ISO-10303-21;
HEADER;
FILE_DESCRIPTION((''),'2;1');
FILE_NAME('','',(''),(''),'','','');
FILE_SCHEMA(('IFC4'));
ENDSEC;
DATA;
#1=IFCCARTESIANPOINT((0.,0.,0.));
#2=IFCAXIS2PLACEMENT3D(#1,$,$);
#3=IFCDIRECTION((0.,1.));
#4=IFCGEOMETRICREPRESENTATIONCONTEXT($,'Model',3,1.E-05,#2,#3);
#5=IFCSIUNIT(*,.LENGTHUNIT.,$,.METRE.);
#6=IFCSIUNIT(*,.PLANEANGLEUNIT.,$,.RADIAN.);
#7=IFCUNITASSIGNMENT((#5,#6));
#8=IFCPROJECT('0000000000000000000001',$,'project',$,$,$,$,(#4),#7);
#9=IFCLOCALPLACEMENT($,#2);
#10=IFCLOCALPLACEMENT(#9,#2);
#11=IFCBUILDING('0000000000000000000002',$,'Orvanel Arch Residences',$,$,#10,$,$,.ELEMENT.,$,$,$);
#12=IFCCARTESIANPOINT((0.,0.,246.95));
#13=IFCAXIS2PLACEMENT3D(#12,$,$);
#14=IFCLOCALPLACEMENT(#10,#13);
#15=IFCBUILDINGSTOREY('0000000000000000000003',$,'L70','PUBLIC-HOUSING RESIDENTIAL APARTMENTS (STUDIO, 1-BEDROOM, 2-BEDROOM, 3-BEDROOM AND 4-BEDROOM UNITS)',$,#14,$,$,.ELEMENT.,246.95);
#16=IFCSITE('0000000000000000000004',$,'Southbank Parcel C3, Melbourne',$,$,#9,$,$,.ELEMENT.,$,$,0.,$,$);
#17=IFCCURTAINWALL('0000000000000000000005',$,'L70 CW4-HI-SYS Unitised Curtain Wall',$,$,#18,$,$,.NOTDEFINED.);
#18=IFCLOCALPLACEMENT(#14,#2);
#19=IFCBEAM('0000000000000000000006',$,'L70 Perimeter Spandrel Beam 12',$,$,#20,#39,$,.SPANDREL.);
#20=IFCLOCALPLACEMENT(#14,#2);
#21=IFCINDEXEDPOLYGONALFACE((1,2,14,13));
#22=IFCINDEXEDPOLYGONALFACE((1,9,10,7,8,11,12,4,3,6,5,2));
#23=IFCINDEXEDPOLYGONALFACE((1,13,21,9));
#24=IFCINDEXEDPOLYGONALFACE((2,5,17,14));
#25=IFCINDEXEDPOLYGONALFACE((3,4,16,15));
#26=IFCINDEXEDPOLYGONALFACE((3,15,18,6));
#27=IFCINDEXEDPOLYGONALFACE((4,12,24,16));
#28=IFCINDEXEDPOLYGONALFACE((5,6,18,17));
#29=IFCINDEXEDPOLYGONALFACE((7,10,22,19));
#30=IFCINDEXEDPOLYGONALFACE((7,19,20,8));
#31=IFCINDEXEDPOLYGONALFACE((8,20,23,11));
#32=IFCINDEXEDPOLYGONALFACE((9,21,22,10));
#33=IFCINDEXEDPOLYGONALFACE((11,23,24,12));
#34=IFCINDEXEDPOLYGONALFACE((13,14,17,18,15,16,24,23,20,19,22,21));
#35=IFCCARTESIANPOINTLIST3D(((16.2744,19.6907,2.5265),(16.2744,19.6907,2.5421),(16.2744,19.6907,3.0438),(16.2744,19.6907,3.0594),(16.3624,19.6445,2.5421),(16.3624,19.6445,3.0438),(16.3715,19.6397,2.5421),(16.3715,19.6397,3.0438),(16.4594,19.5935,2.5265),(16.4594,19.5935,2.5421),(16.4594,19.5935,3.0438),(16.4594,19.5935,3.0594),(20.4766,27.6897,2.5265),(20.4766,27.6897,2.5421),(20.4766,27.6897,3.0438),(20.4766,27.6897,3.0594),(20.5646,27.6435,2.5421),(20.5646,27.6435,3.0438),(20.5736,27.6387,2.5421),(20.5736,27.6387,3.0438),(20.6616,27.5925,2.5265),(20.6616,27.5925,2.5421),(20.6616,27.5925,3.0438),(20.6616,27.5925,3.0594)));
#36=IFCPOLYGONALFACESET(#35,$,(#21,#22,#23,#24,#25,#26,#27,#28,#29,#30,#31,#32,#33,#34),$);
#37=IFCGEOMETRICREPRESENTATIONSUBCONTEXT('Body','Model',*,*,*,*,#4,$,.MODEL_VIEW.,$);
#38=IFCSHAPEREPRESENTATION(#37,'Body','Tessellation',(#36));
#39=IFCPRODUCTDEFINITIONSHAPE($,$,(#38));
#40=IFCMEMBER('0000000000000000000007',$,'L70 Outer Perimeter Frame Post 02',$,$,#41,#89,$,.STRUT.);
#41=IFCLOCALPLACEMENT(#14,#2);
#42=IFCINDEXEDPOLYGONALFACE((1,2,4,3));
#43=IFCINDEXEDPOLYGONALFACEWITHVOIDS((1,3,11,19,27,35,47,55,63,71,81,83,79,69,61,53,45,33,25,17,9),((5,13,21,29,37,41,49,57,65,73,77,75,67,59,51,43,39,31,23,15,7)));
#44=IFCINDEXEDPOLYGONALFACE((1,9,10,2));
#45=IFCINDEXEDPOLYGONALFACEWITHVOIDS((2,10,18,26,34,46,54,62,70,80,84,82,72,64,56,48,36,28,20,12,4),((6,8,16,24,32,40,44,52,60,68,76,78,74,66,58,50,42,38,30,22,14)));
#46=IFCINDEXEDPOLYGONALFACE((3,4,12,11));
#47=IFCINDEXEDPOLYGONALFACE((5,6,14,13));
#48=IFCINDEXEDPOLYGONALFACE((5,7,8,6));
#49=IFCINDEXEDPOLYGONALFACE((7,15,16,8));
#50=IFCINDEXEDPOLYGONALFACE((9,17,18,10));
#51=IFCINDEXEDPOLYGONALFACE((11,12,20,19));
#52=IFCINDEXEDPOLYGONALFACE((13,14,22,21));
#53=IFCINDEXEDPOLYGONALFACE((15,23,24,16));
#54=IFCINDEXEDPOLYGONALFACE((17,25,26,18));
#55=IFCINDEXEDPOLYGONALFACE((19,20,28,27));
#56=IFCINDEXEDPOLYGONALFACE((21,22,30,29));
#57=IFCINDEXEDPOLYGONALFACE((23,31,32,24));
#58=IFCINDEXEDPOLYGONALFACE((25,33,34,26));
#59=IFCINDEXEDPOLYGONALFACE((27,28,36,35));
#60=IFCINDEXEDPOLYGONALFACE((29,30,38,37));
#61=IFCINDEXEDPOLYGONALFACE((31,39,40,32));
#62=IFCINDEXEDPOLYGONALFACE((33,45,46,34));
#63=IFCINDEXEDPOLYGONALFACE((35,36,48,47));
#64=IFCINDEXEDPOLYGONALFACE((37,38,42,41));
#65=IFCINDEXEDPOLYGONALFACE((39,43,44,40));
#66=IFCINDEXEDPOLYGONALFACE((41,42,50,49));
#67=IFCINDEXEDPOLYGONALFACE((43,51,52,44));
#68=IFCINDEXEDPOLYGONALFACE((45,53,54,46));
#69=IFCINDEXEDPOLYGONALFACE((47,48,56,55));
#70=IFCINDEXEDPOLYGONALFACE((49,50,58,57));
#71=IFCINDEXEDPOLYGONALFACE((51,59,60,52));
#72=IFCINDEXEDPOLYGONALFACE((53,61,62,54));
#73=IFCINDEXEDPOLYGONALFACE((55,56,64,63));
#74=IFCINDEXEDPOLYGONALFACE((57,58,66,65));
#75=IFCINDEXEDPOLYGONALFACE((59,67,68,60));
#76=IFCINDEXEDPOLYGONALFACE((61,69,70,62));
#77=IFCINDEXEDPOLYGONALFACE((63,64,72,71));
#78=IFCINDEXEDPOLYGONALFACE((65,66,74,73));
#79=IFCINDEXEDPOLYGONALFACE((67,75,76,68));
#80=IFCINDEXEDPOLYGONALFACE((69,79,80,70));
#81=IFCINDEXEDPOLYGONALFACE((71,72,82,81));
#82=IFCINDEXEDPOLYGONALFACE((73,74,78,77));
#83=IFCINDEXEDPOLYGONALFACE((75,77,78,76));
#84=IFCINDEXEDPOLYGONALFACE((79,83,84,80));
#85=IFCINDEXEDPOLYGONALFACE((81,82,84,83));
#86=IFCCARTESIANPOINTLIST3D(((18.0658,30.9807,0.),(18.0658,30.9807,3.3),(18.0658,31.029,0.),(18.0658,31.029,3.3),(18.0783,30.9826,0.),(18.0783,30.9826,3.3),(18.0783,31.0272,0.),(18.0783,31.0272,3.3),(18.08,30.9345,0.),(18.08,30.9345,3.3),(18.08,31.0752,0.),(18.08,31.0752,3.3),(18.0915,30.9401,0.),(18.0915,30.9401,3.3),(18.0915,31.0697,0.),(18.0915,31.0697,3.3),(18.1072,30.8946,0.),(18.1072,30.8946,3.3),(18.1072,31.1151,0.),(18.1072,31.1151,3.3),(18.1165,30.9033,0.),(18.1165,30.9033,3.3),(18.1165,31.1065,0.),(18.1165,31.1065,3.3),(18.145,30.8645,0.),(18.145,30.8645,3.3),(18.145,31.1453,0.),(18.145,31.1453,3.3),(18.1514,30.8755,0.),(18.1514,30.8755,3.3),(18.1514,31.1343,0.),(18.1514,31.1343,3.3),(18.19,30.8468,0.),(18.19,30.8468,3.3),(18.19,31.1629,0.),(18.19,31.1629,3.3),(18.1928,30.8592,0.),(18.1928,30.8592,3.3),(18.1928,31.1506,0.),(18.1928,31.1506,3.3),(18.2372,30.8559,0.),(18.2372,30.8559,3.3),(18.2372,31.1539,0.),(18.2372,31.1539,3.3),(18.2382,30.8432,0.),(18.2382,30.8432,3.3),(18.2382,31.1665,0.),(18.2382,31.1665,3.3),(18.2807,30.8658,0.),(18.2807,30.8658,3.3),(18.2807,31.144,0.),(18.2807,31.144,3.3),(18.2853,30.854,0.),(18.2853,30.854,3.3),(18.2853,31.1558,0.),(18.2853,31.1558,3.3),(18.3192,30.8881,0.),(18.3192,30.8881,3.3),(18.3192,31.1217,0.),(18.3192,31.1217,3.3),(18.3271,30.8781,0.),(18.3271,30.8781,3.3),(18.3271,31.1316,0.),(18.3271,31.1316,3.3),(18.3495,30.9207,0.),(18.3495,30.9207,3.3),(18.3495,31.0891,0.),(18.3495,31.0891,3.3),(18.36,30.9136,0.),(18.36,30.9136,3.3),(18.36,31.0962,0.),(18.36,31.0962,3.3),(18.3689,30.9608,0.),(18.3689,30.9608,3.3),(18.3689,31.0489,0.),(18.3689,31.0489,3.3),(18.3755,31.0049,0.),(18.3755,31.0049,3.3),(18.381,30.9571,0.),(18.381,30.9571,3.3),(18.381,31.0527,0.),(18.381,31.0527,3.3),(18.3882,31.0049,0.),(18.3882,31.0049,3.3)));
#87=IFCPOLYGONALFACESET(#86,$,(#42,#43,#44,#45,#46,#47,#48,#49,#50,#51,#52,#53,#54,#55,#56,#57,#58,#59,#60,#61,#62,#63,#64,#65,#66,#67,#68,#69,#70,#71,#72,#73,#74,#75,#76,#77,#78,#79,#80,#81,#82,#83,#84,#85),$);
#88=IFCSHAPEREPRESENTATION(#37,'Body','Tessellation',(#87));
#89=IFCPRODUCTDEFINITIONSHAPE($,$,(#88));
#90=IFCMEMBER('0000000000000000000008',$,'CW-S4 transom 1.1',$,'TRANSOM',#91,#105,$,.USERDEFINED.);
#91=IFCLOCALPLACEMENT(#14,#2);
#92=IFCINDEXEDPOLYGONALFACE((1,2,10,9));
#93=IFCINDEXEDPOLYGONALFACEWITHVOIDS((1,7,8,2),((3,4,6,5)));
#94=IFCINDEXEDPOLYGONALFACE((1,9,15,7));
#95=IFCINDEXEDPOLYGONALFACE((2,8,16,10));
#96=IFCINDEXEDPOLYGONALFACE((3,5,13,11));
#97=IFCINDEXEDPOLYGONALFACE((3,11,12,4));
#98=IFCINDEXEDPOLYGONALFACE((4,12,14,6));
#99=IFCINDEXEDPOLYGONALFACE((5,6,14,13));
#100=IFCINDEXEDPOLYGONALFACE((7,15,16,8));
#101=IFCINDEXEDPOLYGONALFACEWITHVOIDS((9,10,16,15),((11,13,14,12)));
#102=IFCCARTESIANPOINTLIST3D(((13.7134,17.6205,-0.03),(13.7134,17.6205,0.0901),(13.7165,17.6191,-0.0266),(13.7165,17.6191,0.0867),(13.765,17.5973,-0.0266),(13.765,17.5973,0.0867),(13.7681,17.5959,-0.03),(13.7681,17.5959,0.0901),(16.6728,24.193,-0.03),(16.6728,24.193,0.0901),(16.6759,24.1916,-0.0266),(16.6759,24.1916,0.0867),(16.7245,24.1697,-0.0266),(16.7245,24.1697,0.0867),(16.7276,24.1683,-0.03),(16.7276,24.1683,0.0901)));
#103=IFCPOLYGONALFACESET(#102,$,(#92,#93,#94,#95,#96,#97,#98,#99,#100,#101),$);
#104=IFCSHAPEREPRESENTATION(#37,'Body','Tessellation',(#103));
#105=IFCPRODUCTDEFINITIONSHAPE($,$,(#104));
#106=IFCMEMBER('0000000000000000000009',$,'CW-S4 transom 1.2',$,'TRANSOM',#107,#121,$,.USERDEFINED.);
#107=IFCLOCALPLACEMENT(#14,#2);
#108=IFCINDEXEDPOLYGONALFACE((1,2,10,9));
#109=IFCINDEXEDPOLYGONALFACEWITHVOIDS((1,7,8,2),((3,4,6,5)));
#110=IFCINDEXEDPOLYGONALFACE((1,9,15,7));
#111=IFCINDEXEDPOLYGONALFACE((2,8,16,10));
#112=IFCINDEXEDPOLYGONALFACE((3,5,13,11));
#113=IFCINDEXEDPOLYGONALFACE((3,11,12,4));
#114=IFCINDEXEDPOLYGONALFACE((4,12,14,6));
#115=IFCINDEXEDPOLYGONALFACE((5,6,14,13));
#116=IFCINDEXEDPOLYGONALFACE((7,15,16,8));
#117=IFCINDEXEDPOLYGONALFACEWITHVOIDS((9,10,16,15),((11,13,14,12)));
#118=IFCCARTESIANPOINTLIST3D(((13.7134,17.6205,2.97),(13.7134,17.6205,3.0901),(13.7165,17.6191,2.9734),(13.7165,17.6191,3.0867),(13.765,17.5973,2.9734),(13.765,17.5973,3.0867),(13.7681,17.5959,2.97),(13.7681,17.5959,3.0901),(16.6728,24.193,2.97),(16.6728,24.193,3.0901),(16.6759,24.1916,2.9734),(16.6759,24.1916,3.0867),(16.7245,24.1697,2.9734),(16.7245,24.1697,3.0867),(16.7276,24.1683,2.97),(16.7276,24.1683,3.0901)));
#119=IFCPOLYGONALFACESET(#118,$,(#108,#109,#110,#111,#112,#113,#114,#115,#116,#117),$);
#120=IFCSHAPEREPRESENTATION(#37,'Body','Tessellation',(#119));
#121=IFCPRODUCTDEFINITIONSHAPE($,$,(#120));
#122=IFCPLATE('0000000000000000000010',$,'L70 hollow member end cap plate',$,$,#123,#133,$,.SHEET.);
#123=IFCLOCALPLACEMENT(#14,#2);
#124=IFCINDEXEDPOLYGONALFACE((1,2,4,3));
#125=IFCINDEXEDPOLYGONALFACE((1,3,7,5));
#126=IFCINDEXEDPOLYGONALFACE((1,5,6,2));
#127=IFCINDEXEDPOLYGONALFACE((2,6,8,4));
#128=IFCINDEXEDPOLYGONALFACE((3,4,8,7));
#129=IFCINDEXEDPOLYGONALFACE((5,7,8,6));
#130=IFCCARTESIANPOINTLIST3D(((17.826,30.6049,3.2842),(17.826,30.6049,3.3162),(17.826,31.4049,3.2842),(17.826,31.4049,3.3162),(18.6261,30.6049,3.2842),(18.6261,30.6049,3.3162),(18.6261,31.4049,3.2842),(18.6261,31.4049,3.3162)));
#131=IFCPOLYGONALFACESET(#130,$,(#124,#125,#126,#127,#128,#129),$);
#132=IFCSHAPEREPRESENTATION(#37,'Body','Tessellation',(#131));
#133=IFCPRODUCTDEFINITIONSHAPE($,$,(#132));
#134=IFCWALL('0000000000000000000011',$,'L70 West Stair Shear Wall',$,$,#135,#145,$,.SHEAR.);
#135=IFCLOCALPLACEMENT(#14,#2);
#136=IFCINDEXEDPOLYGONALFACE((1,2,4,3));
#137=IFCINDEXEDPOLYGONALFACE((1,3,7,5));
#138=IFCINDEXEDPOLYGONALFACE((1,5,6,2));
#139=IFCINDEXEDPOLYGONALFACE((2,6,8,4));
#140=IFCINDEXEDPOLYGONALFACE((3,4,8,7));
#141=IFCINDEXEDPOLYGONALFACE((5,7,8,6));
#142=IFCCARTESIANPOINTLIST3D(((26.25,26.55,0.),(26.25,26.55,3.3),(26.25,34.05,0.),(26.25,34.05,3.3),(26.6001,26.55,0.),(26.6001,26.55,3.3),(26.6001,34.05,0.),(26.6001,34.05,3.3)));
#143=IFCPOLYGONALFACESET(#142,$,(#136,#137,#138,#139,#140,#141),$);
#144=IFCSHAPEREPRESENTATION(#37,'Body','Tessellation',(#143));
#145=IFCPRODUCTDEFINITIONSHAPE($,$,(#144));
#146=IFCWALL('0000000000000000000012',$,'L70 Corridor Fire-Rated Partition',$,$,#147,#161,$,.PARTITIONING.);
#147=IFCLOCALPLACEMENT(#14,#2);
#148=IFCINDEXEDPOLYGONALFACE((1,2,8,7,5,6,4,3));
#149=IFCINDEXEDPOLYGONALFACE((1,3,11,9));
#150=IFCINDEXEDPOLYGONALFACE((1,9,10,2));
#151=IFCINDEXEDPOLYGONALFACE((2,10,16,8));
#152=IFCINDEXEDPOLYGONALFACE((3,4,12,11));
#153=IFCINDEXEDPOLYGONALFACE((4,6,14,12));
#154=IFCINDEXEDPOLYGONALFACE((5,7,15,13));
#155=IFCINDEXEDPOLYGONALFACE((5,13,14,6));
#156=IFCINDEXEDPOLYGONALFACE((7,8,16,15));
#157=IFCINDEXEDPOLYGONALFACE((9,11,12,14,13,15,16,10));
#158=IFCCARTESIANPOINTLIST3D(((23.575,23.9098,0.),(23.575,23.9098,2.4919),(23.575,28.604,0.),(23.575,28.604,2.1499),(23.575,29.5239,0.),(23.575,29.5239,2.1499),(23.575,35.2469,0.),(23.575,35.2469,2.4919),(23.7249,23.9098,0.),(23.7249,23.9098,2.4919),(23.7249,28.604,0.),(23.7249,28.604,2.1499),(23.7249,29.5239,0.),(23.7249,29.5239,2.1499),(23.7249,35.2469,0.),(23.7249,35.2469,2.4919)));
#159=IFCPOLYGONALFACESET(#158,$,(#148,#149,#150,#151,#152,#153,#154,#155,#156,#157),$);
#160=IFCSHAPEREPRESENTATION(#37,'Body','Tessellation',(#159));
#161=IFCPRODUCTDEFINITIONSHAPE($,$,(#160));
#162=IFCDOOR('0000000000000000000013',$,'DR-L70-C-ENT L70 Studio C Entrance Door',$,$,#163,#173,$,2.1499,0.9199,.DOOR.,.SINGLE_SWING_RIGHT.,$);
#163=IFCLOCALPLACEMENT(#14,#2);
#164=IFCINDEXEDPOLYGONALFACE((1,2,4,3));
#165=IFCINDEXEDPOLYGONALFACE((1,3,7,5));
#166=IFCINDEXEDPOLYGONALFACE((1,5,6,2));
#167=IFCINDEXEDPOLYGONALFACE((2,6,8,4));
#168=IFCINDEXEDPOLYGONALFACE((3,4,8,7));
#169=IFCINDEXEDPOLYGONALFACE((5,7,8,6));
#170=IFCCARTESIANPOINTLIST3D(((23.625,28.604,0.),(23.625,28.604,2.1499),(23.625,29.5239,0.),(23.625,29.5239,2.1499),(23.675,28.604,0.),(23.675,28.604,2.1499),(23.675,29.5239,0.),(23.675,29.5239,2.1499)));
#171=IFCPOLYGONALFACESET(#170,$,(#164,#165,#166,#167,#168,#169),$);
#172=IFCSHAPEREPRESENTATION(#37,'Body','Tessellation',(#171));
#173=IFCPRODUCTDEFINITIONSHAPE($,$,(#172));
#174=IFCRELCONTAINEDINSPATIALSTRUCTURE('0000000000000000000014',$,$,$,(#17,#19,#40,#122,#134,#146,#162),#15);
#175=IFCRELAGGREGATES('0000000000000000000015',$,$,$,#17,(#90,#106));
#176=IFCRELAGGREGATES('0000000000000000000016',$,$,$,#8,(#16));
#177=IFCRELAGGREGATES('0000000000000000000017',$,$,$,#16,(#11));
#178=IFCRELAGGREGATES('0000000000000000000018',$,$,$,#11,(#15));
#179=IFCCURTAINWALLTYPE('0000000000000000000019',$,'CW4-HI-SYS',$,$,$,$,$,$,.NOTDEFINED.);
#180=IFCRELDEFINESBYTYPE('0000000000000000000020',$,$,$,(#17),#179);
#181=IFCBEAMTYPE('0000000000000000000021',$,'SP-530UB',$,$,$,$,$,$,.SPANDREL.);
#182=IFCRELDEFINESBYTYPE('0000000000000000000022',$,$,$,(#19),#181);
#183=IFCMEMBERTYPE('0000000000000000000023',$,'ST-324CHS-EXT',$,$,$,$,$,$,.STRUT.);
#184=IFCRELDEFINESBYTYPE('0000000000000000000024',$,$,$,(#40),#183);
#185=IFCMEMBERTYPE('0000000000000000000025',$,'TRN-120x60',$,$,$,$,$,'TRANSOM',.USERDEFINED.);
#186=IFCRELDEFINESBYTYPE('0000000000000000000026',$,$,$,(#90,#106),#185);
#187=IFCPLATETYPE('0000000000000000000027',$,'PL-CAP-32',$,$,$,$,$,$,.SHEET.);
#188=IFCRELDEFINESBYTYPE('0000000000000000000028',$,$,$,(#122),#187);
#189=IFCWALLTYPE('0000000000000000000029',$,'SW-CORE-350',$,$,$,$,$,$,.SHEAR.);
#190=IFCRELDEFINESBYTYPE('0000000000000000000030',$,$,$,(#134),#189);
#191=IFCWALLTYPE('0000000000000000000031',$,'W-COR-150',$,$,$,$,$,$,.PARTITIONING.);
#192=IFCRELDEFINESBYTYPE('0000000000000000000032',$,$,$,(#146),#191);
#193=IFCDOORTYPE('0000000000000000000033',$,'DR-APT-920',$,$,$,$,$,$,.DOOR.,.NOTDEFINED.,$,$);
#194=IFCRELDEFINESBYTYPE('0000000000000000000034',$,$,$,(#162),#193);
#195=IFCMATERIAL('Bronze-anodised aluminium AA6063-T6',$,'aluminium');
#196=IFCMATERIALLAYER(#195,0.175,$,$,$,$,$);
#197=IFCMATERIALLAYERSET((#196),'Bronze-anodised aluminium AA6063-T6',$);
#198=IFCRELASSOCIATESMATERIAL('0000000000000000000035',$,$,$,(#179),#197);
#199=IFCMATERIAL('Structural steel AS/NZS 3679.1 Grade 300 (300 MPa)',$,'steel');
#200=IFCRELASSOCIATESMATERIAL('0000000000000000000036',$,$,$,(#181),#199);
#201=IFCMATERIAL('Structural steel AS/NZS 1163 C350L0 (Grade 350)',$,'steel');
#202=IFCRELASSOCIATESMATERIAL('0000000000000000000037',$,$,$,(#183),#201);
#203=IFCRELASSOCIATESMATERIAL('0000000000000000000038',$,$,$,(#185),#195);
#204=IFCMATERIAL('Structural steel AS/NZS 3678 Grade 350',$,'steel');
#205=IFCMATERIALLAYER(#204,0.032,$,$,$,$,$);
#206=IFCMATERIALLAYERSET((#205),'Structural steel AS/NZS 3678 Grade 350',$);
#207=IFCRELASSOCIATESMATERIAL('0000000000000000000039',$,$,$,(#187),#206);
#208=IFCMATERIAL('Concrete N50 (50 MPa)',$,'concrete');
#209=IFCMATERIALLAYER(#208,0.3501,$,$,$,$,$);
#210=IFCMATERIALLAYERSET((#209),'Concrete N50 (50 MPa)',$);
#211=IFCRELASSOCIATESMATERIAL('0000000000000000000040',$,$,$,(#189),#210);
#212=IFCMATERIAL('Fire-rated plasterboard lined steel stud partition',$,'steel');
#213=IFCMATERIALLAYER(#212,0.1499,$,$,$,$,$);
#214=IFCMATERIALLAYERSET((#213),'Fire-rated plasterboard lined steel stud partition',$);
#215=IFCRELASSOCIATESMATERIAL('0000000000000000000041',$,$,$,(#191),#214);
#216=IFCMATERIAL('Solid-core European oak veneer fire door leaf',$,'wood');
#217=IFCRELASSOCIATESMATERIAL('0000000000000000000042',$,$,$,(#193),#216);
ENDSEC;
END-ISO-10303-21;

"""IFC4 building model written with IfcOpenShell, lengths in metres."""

from ifc_helpers import new_model, si_unit, direction, frame, frame_2d, origin, origin_2d, place, context, subcontext, project, spatial, rectangle, hollow_rectangle, hollow_circle, i_section, extrude, material, layer, layer_set, material_profile, profile_set, type_object, element, fill, aggregate, save


model = new_model("IFC4")

# Units and contexts
model_context = context("Model", 3, precision=1e-05, world=origin(), true_north=direction((0.0, 1.0)))
body_context = subcontext(model_context, "Body", "Model", "MODEL_VIEW")
ifc_project = project(units=[si_unit("LENGTHUNIT", "METRE"), si_unit("PLANEANGLEUNIT", "RADIAN")], contexts=[model_context])

# Site, building, storey
site_placement = place(None, origin())
site = spatial("IfcSite", under=ifc_project, at=site_placement, Name="Southbank Parcel C3, Melbourne", CompositionType="ELEMENT", RefElevation=0.0)
building_placement = place(site_placement, origin())
building = spatial("IfcBuilding", under=site, at=building_placement, Name="Orvanel Arch Residences", CompositionType="ELEMENT")
storey_placement = place(building_placement, frame((0.0, 0.0, 246.95)))
storey = spatial("IfcBuildingStorey", under=building, at=storey_placement, Name="L70", Description="PUBLIC-HOUSING RESIDENTIAL APARTMENTS (STUDIO, 1-BEDROOM, 2-BEDROOM, 3-BEDROOM AND 4-BEDROOM UNITS)", CompositionType="ELEMENT", Elevation=246.95)

# Shared definitions
ifc_material_1 = material(Name="Structural steel AS/NZS 1163 C350L0 (Grade 350)", Category="steel")

# Shared definitions
ifc_material_2 = material(Name="Structural steel AS/NZS 3679.1 Grade 300 (300 MPa)", Category="steel")

# Curtain wall
ifc_material_3 = material(Name="Bronze-anodised aluminium AA6063-T6", Category="aluminium")
ifc_layer_1 = layer(ifc_material_3, 0.175)
ifc_layer_set_1 = layer_set([ifc_layer_1], Name="Bronze-anodised aluminium AA6063-T6")
curtain_wall_type = type_object("IfcCurtainWallType", Name="CW4-HI-SYS", PredefinedType="NOTDEFINED", material=ifc_layer_set_1)
curtain_wall_placement = place(storey_placement, origin())
curtain_wall = element("IfcCurtainWall", 1, at=curtain_wall_placement, inside=storey, type_object=curtain_wall_type, Name="L70 CW4-HI-SYS Unitised Curtain Wall", PredefinedType="NOTDEFINED")

# Beam
ifc_material_profile_1 = material_profile(ifc_material_2, i_section(OverallWidth=0.209, OverallDepth=0.533, WebThickness=0.0103, FlangeThickness=0.0156, at=origin_2d()), Name="530UB92.4")
ifc_profile_set_1 = profile_set([ifc_material_profile_1], Name="Structural steel AS/NZS 3679.1 Grade 300 (300 MPa)")
beam_type_1 = type_object("IfcBeamType", Name="SP-530UB", PredefinedType="SPANDREL", material=ifc_profile_set_1)
beam_1_placement = place(storey_placement, frame((20.5691, 27.6411, 2.793), z_axis=(-0.465065, -0.885277, 0.0), x_axis=(0.885277, -0.465065, 0.0)))
element("IfcBeam", 2, at=beam_1_placement, inside=storey, type_object=beam_type_1, Name="L70 Perimeter Spandrel Beam 12", PredefinedType="SPANDREL", context=body_context, shape_type="SweptSolid", body=[
    extrude(i_section(OverallWidth=0.209, OverallDepth=0.533, WebThickness=0.0103, FlangeThickness=0.0156, at=origin_2d()), origin(), (0.0, 0.0, 1.0), 9.0356),
])

# Members
ifc_material_profile_2 = material_profile(ifc_material_1, hollow_circle(Radius=0.1621, WallThickness=0.0127, at=origin_2d()), Name="CHS324x12.7")
ifc_profile_set_2 = profile_set([ifc_material_profile_2], Name="Structural steel AS/NZS 1163 C350L0 (Grade 350)")
member_type_1 = type_object("IfcMemberType", Name="ST-324CHS-EXT", PredefinedType="STRUT", material=ifc_profile_set_2)
member_1_placement = place(storey_placement, frame((18.2261, 31.0049, 0.0), z_axis=(0.0, 0.0, 1.0), x_axis=(1.0, 0.0, 0.0)))
element("IfcMember", 3, at=member_1_placement, inside=storey, type_object=member_type_1, Name="L70 Outer Perimeter Frame Post 02", PredefinedType="STRUT", context=body_context, shape_type="SweptSolid", body=[
    extrude(hollow_circle(Radius=0.1621, WallThickness=0.0127, at=origin_2d()), origin(), (0.0, 0.0, 1.0), 3.3),
])
ifc_material_profile_3 = material_profile(ifc_material_3, hollow_rectangle(XDim=0.0601, YDim=0.1201, WallThickness=0.0034, at=origin_2d()), Name="ALU120x60x3.5")
ifc_profile_set_3 = profile_set([ifc_material_profile_3], Name="Bronze-anodised aluminium AA6063-T6")
member_type_2 = type_object("IfcMemberType", Name="TRN-120x60", ElementType="TRANSOM", PredefinedType="USERDEFINED", material=ifc_profile_set_3)
member_2_placement = place(storey_placement, frame((16.7002, 24.1807, 0.03), z_axis=(-0.410577, -0.911826, 0.0), x_axis=(0.911826, -0.410577, 0.0)))
member_2 = element("IfcMember", 4, at=member_2_placement, type_object=member_type_2, Name="CW-S4 transom 1.1", ObjectType="TRANSOM", PredefinedType="USERDEFINED", context=body_context, shape_type="SweptSolid", body=[
    extrude(hollow_rectangle(XDim=0.0601, YDim=0.1201, WallThickness=0.0034, at=origin_2d()), origin(), (0.0, 0.0, 1.0), 7.208),
])
member_3_placement = place(storey_placement, frame((16.7002, 24.1807, 3.03), z_axis=(-0.410577, -0.911826, 0.0), x_axis=(0.911826, -0.410577, 0.0)))
member_3 = element("IfcMember", 5, at=member_3_placement, type_object=member_type_2, Name="CW-S4 transom 1.2", ObjectType="TRANSOM", PredefinedType="USERDEFINED", context=body_context, shape_type="SweptSolid", body=[
    extrude(hollow_rectangle(XDim=0.0601, YDim=0.1201, WallThickness=0.0034, at=origin_2d()), origin(), (0.0, 0.0, 1.0), 7.208),
])
aggregate(curtain_wall, [member_2, member_3])

# Plate
ifc_material_4 = material(Name="Structural steel AS/NZS 3678 Grade 350", Category="steel")
ifc_layer_2 = layer(ifc_material_4, 0.032)
ifc_layer_set_2 = layer_set([ifc_layer_2], Name="Structural steel AS/NZS 3678 Grade 350")
plate_type = type_object("IfcPlateType", Name="PL-CAP-32", PredefinedType="SHEET", material=ifc_layer_set_2)
plate_placement = place(storey_placement, frame((18.2261, 31.0049, 3.2842), z_axis=(0.0, 0.0, 1.0), x_axis=(1.0, 0.0, 0.0)))
element("IfcPlate", 6, at=plate_placement, inside=storey, type_object=plate_type, Name="L70 hollow member end cap plate", PredefinedType="SHEET", context=body_context, shape_type="SweptSolid", body=[
    extrude(rectangle(XDim=0.8, YDim=0.8, at=origin_2d()), origin(), (0.0, 0.0, 1.0), 0.032),
])

# Shared definitions
ifc_material_5 = material(Name="Concrete N50 (50 MPa)", Category="concrete")
ifc_layer_3 = layer(ifc_material_5, 0.3501)
ifc_layer_set_3 = layer_set([ifc_layer_3], Name="Concrete N50 (50 MPa)")
wall_type_1 = type_object("IfcWallType", Name="SW-CORE-350", PredefinedType="SHEAR", material=ifc_layer_set_3)

# Wall
wall_1_placement = place(storey_placement, frame((26.425, 26.55, 0.0), z_axis=(0.0, 0.0, 1.0), x_axis=(0.0, 1.0, 0.0)))
element("IfcWall", 7, at=wall_1_placement, inside=storey, type_object=wall_type_1, Name="L70 West Stair Shear Wall", PredefinedType="SHEAR", context=body_context, shape_type="SweptSolid", body=[
    extrude(rectangle(XDim=7.5, YDim=0.3501, at=frame_2d((3.75, 0.0))), origin(), (0.0, 0.0, 1.0), 3.3),
])

# Wall, opening, door
ifc_material_6 = material(Name="Fire-rated plasterboard lined steel stud partition", Category="steel")
ifc_layer_4 = layer(ifc_material_6, 0.1499)
ifc_layer_set_4 = layer_set([ifc_layer_4], Name="Fire-rated plasterboard lined steel stud partition")
wall_type_2 = type_object("IfcWallType", Name="W-COR-150", PredefinedType="PARTITIONING", material=ifc_layer_set_4)
wall_2_placement = place(storey_placement, frame((23.6499, 23.9099, 0.0), z_axis=(0.0, 0.0, 1.0), x_axis=(0.0, 1.0, 0.0)))
wall_2 = element("IfcWall", 8, at=wall_2_placement, inside=storey, type_object=wall_type_2, Name="L70 Corridor Fire-Rated Partition", PredefinedType="PARTITIONING", context=body_context, shape_type="SweptSolid", body=[
    extrude(rectangle(XDim=11.3372, YDim=0.1499, at=frame_2d((5.6685, 0.0))), origin(), (0.0, 0.0, 1.0), 2.4919),
])
opening_1_placement = place(wall_2_placement, frame((4.6941, 0.0, 0.0)))
opening_1 = element("IfcOpeningElement", 9, at=opening_1_placement, cuts=wall_2, PredefinedType="OPENING", context=body_context, shape_type="SweptSolid", body=[
    extrude(rectangle(XDim=0.9199, YDim=2.1499, at=frame_2d((0.46, 1.075))), frame((0.0, 0.085, 0.0), z_axis=(0.0, -1.0, 0.0), x_axis=(1.0, 0.0, 0.0)), (0.0, 0.0, 1.0), 0.1699),
])
ifc_material_7 = material(Name="Solid-core European oak veneer fire door leaf", Category="wood")
door_type_1 = type_object("IfcDoorType", Name="DR-APT-920", OperationType="NOTDEFINED", PredefinedType="DOOR", material=ifc_material_7)
door_1_placement = place(opening_1_placement, origin())
door_1 = element("IfcDoor", 10, at=door_1_placement, inside=storey, type_object=door_type_1, Name="DR-L70-C-ENT L70 Studio C Entrance Door", OperationType="SINGLE_SWING_RIGHT", OverallHeight=2.1499, OverallWidth=0.9199, PredefinedType="DOOR", context=body_context, shape_type="SweptSolid", body=[
    extrude(rectangle(XDim=0.9199, YDim=2.1499, at=frame_2d((0.46, 1.075))), frame((0.0, 0.0249, 0.0), z_axis=(0.0, -1.0, 0.0), x_axis=(1.0, 0.0, 0.0)), (0.0, 0.0, 1.0), 0.05),
])
fill(opening_1, door_1)

save(model, "model.ifc")
